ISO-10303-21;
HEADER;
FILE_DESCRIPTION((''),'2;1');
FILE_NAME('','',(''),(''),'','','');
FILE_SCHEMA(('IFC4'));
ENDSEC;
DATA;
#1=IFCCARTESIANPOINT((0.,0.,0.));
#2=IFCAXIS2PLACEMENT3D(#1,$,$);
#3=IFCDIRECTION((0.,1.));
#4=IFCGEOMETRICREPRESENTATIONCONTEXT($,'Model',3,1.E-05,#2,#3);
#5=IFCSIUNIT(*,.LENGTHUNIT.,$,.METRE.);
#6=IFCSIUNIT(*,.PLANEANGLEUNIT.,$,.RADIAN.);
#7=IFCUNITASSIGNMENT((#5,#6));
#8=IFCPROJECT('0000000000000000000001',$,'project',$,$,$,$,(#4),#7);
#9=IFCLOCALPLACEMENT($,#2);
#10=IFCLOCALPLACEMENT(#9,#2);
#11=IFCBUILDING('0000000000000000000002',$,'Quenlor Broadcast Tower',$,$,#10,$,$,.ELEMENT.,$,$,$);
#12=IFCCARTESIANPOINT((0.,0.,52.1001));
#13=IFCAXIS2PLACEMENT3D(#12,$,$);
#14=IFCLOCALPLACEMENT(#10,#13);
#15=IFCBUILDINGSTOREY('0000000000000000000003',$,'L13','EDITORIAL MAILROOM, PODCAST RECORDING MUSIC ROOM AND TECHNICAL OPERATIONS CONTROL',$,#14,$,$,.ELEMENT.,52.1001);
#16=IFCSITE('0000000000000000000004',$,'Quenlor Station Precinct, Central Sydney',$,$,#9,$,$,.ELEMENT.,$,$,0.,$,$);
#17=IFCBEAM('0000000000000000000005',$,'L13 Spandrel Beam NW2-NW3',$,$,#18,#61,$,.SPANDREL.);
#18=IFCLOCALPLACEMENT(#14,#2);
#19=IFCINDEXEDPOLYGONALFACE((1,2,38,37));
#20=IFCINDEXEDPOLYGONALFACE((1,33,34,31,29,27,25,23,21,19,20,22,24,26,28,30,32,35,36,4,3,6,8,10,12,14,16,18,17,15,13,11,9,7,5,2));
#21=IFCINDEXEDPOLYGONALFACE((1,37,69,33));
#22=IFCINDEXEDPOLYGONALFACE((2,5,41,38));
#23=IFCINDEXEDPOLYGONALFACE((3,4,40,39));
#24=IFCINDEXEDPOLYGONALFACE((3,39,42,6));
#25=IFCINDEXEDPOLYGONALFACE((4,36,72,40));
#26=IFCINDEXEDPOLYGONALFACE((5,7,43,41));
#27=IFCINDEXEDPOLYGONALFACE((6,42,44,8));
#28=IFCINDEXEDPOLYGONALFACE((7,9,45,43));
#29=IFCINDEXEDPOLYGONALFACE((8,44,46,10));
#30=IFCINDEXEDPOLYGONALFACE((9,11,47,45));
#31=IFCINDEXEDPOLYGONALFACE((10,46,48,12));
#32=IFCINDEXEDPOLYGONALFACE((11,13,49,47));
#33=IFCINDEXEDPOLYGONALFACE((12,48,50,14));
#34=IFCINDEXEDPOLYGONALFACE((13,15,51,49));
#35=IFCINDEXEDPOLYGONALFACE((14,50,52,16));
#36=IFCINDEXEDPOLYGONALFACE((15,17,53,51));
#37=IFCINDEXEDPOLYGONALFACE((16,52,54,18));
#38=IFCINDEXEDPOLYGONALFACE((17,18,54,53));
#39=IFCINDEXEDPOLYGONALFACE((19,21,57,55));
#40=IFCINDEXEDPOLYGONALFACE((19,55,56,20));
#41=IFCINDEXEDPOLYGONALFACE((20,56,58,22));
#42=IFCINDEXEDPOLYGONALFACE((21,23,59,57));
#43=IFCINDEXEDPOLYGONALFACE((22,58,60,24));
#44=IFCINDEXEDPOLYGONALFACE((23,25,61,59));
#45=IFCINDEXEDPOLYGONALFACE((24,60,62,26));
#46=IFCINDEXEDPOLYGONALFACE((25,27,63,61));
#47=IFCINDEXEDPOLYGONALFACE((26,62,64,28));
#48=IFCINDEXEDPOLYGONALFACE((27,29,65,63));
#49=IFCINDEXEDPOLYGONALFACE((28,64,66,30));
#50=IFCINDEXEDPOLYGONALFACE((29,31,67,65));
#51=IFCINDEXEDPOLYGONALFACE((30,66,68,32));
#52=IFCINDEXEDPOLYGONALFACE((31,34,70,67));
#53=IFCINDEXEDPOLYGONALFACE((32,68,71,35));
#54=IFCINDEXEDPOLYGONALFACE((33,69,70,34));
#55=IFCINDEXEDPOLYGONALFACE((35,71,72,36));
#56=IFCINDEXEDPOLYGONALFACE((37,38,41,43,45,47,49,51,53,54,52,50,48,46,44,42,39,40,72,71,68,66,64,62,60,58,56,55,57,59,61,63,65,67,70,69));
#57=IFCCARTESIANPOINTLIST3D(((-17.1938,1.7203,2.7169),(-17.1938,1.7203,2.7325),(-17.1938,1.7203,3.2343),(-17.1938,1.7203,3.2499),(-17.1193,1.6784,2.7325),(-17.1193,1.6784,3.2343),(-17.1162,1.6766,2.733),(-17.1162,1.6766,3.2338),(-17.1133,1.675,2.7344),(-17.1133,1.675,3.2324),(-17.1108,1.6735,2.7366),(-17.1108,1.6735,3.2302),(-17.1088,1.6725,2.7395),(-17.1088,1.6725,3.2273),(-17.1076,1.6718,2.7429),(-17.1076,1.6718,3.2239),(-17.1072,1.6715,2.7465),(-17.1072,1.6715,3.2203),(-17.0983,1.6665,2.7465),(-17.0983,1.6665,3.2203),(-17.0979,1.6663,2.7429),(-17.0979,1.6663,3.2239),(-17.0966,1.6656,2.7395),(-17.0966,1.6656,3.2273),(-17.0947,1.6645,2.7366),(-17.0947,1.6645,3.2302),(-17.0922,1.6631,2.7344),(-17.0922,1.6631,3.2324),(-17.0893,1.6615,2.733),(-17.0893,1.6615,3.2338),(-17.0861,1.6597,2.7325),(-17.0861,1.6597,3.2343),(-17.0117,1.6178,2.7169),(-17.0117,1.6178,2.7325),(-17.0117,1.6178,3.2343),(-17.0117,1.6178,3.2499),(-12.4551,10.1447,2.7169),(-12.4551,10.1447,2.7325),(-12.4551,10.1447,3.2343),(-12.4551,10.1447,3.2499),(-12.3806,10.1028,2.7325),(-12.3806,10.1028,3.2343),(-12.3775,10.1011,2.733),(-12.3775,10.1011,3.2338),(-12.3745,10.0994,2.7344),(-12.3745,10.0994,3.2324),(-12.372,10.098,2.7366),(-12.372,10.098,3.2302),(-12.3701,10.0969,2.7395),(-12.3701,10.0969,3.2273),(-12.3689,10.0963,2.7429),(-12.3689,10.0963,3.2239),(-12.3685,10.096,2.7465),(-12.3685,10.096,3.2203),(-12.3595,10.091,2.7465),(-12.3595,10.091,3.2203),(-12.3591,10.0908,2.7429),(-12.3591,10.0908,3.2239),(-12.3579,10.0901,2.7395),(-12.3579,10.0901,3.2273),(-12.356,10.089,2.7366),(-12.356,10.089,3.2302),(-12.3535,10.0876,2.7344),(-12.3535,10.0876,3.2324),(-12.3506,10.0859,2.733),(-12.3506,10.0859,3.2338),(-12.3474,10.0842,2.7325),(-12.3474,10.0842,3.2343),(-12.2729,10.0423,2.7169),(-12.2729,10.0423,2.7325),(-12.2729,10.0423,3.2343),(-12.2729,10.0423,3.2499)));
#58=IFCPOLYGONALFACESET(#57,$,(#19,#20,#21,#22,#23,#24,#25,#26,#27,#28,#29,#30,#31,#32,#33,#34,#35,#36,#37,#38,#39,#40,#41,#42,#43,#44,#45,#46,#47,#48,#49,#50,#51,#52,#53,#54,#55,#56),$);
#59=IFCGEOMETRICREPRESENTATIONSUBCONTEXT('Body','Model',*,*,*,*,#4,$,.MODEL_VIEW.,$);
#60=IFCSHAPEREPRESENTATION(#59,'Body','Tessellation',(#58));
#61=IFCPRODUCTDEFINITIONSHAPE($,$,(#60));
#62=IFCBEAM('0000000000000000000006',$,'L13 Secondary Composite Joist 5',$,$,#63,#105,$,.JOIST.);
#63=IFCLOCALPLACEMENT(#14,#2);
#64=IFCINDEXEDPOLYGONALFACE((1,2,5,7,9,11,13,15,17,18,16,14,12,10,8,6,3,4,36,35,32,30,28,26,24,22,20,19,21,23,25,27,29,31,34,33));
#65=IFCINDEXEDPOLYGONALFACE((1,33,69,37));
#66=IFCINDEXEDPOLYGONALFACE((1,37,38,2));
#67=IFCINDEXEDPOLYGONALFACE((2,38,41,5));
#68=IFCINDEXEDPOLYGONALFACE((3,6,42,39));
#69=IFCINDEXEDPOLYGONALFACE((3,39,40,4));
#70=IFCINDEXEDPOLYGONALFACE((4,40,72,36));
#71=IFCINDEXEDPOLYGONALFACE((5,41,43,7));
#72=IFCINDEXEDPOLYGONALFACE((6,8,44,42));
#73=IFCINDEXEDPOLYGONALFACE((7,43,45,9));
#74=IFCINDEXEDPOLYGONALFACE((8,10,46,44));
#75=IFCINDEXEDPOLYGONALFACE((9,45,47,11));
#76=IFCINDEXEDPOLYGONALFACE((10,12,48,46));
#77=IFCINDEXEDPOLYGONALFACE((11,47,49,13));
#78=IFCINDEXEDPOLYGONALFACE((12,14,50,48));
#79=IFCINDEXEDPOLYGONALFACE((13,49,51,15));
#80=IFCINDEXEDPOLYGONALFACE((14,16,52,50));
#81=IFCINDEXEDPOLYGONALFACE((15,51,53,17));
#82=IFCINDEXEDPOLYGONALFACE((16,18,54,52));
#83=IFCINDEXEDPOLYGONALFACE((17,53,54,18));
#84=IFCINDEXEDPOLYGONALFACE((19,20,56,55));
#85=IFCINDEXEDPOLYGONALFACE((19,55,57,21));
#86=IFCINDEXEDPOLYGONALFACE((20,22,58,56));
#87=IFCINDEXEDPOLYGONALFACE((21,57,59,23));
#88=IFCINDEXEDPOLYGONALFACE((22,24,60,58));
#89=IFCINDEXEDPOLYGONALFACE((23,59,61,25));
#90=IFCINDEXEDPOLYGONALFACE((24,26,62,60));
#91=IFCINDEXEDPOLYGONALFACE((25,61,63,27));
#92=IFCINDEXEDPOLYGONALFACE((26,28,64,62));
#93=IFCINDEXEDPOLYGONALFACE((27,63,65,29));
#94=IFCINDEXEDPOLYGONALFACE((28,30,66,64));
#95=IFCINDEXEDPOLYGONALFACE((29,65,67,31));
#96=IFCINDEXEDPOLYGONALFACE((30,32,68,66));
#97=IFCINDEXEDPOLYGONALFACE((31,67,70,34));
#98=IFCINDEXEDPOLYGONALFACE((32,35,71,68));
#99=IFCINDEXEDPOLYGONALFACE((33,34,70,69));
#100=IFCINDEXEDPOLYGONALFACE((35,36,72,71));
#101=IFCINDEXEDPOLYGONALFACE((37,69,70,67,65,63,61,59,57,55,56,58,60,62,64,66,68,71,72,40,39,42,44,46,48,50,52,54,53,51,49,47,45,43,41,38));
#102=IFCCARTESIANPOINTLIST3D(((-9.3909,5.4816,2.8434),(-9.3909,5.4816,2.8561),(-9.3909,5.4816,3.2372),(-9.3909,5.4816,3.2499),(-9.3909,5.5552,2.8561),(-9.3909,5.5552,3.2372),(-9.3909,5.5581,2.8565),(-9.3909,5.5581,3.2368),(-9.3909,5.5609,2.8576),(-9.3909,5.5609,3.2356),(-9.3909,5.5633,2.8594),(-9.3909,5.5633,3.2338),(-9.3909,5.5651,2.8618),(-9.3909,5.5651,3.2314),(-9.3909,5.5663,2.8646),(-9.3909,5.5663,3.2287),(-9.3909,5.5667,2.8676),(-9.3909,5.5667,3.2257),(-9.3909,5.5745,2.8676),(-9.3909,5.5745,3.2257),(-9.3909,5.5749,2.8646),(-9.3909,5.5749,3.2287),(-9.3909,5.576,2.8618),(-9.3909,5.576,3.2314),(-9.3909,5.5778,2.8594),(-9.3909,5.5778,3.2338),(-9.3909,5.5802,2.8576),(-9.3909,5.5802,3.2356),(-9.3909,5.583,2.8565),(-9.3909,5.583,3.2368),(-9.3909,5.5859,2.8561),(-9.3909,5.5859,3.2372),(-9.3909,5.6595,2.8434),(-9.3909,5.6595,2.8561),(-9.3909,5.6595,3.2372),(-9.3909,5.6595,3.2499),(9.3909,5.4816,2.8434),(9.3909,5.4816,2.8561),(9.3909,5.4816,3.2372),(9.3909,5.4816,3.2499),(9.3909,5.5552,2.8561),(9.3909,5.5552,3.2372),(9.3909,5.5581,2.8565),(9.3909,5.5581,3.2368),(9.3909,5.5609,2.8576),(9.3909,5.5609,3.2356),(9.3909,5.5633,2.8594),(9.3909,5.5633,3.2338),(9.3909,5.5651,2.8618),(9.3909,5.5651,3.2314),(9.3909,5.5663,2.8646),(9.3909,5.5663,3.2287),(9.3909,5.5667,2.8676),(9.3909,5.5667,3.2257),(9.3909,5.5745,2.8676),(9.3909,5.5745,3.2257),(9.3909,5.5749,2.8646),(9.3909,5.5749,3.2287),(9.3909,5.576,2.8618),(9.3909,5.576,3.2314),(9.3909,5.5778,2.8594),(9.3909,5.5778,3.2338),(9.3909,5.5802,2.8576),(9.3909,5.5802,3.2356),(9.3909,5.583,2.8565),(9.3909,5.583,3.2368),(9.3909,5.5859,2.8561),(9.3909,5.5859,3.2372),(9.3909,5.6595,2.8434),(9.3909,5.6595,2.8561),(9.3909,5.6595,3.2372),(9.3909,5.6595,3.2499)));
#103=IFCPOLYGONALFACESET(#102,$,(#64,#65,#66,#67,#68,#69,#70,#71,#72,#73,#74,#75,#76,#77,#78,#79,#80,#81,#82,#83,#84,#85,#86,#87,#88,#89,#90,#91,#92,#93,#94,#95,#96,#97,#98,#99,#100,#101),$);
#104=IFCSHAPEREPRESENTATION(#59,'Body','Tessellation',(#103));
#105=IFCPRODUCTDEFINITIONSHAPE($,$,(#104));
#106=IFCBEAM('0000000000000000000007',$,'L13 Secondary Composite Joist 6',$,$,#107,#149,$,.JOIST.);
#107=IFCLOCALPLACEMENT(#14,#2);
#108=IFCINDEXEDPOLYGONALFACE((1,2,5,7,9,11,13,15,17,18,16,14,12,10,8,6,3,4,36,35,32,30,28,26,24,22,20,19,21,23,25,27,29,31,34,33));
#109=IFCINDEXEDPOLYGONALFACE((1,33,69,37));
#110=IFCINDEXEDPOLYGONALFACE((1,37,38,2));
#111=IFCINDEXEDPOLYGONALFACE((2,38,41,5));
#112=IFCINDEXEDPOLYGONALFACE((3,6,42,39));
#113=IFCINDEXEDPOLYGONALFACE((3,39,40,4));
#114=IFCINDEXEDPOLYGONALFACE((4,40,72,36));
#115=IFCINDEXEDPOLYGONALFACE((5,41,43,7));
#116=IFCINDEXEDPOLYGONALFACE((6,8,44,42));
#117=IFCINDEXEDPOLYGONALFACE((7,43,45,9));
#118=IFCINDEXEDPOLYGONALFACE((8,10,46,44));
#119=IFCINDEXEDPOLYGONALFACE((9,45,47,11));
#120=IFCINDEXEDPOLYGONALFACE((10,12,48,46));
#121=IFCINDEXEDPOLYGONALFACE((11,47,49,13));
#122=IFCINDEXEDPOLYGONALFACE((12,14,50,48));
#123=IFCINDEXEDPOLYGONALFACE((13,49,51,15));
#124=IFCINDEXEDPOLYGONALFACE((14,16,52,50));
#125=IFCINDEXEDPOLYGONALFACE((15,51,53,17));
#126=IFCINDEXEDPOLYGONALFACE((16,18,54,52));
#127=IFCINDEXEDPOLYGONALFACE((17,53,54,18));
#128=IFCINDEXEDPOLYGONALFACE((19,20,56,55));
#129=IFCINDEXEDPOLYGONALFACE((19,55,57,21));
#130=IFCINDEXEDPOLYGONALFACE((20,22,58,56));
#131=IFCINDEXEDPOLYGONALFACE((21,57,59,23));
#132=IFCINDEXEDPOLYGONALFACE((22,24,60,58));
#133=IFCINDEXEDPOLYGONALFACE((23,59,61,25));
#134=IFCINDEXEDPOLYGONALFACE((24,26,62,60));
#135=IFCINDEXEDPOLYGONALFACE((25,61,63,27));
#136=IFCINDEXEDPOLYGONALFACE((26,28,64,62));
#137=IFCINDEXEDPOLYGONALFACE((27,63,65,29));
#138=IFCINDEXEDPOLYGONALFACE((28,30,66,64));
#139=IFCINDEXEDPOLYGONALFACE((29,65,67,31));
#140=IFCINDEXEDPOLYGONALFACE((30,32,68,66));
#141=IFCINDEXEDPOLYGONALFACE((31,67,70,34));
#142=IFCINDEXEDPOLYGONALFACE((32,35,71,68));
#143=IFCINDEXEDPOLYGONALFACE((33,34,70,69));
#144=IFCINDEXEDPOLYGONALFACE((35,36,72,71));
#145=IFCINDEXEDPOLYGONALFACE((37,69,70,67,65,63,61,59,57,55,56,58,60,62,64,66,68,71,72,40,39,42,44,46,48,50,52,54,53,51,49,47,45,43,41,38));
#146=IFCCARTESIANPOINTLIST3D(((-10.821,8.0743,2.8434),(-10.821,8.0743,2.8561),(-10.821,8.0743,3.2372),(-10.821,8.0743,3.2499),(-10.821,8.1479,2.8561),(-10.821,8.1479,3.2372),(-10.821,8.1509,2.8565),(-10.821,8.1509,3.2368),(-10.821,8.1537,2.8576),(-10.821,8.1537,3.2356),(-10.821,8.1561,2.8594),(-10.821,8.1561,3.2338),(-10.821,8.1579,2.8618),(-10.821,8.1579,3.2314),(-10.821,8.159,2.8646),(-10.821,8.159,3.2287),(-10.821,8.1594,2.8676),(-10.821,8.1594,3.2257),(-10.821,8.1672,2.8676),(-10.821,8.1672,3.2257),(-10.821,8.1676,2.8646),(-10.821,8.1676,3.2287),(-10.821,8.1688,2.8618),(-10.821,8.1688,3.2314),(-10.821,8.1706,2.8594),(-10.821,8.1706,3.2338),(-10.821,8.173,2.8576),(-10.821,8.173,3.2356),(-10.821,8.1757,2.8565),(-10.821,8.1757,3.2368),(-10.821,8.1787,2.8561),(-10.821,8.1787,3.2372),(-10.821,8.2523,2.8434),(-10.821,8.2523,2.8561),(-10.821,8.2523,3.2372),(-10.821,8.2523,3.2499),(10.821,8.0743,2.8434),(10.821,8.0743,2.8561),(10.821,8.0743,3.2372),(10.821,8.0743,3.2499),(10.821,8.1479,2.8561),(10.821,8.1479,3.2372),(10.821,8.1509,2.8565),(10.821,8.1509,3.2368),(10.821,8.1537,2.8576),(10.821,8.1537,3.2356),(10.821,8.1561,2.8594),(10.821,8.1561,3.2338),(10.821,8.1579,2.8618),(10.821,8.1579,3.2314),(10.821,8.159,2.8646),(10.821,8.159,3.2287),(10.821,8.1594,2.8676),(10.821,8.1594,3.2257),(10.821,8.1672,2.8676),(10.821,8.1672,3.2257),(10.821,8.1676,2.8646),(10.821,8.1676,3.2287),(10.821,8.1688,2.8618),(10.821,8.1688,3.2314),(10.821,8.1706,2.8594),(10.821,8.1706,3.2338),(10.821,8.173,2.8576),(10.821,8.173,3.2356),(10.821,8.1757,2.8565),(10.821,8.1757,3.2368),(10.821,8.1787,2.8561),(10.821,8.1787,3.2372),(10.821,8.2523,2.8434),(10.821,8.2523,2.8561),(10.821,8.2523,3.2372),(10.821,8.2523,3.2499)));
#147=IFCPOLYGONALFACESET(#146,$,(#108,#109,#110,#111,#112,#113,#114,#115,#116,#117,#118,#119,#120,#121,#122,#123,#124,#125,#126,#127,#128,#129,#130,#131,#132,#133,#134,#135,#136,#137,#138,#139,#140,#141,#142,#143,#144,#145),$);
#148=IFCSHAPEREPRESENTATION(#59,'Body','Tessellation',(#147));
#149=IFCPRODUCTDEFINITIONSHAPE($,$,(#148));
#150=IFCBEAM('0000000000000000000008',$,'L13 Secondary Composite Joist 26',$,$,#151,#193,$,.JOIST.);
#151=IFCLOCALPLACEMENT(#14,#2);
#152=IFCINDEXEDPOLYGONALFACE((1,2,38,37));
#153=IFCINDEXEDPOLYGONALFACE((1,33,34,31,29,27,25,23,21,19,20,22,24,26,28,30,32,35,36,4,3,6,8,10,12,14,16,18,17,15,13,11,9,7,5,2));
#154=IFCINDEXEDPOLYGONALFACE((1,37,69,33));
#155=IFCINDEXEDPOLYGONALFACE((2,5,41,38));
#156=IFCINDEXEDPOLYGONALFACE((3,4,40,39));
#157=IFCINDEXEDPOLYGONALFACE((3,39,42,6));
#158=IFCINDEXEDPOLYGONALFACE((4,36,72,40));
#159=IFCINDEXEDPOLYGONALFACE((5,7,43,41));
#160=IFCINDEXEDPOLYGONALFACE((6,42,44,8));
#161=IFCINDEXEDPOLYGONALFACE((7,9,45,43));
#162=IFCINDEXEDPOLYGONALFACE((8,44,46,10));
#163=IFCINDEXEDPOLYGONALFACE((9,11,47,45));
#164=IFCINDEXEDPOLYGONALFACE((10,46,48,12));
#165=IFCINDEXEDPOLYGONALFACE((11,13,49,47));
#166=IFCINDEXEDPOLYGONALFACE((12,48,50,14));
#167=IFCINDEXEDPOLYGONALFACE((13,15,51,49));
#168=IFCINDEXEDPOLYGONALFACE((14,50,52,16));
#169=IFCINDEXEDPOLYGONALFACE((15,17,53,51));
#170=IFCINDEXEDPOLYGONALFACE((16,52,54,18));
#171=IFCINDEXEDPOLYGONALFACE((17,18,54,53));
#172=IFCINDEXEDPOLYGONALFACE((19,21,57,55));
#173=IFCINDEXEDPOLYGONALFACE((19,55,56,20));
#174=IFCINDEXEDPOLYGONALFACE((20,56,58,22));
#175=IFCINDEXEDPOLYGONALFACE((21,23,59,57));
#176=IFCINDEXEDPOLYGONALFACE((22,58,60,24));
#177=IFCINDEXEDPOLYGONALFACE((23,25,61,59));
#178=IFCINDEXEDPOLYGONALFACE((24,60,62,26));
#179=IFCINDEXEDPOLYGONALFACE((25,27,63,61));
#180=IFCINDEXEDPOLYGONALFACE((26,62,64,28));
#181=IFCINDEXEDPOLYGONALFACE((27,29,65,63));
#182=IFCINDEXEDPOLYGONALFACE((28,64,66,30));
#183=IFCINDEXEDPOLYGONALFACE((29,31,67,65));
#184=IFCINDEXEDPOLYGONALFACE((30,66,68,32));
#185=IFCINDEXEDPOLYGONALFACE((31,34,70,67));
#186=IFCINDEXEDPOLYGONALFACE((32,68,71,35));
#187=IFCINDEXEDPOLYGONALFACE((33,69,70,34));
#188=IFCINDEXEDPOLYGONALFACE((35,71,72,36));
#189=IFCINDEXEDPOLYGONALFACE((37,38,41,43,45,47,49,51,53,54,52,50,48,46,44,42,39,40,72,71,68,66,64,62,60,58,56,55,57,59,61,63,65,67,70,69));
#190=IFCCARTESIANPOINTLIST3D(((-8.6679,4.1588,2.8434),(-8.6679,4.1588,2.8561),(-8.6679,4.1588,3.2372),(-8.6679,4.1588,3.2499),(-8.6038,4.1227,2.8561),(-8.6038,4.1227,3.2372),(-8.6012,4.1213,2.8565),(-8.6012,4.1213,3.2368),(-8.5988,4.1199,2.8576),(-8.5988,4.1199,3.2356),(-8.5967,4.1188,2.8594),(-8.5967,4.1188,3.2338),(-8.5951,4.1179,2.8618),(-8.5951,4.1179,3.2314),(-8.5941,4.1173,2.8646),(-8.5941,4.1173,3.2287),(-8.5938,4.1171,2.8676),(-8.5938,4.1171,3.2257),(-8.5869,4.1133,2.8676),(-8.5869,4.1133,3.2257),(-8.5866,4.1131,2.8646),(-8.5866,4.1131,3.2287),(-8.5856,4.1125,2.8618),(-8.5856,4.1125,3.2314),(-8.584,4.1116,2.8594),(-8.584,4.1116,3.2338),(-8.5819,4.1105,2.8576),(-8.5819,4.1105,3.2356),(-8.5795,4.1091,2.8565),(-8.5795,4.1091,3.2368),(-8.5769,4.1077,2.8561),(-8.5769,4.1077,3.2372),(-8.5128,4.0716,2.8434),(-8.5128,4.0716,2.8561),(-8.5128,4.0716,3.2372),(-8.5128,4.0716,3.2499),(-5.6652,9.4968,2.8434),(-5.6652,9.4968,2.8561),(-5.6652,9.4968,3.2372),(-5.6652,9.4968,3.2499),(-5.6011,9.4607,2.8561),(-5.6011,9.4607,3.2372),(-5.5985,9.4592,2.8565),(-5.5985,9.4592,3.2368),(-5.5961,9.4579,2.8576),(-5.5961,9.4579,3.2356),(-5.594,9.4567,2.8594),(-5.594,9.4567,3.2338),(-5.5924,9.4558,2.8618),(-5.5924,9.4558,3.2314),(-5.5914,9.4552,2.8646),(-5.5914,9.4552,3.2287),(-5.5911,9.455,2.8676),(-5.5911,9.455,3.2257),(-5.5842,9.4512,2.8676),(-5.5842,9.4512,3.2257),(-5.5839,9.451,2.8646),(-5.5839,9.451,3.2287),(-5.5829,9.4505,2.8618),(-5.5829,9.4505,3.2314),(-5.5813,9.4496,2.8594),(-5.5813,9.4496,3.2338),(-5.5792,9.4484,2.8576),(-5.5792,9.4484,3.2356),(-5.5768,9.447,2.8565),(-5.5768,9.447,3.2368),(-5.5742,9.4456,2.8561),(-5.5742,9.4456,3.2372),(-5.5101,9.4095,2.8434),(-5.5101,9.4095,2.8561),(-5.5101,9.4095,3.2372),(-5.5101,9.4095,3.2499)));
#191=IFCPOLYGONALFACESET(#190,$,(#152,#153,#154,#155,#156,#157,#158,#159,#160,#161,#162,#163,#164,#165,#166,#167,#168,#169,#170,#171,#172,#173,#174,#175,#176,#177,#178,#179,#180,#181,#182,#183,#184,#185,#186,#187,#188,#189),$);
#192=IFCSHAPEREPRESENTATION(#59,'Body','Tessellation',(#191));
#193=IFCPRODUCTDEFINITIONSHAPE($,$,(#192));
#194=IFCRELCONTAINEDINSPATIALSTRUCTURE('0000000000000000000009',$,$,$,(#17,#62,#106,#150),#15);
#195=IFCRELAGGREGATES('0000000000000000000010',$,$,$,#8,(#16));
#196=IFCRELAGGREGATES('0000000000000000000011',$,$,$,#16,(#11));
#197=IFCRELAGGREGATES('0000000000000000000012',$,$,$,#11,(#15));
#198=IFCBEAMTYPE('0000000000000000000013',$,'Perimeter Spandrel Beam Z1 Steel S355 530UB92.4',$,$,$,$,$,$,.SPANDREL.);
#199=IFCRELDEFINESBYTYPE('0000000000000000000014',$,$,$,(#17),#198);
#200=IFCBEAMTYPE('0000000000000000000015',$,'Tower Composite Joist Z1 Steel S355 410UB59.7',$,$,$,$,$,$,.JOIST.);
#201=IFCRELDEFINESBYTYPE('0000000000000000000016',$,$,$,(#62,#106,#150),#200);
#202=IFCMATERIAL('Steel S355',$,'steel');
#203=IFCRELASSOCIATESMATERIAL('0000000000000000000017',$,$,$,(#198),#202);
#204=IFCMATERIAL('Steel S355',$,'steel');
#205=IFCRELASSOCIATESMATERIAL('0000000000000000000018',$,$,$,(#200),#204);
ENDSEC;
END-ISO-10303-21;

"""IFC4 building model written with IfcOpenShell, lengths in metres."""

from ifc_helpers import new_model, si_unit, direction, frame, origin, origin_2d, place, context, subcontext, project, spatial, i_section, extrude, material, material_profile, profile_set, type_object, element, save


model = new_model("IFC4")

# Units and contexts
model_context = context("Model", 3, precision=1e-05, world=origin(), true_north=direction((0.0, 1.0)))
body_context = subcontext(model_context, "Body", "Model", "MODEL_VIEW")
ifc_project = project(units=[si_unit("LENGTHUNIT", "METRE"), si_unit("PLANEANGLEUNIT", "RADIAN")], contexts=[model_context])

# Site, building, storey
site_placement = place(None, origin())
site = spatial("IfcSite", under=ifc_project, at=site_placement, Name="Quenlor Station Precinct, Central Sydney", CompositionType="ELEMENT", RefElevation=0.0)
building_placement = place(site_placement, origin())
building = spatial("IfcBuilding", under=site, at=building_placement, Name="Quenlor Broadcast Tower", CompositionType="ELEMENT")
storey_placement = place(building_placement, frame((0.0, 0.0, 52.1001)))
storey = spatial("IfcBuildingStorey", under=building, at=storey_placement, Name="L13", Description="EDITORIAL MAILROOM, PODCAST RECORDING MUSIC ROOM AND TECHNICAL OPERATIONS CONTROL", CompositionType="ELEMENT", Elevation=52.1001)

# Beams
ifc_material_1 = material(Name="Steel S355", Category="steel")
ifc_material_profile_1 = material_profile(ifc_material_1, i_section(OverallWidth=0.209, OverallDepth=0.533, WebThickness=0.0103, FlangeThickness=0.0156, FilletRadius=0.0139, at=origin_2d()))
ifc_profile_set_1 = profile_set([ifc_material_profile_1], Name="Steel S355 530UB92.4")
beam_type_1 = type_object("IfcBeamType", Name="Perimeter Spandrel Beam Z1 Steel S355 530UB92.4", PredefinedType="SPANDREL", material=ifc_profile_set_1)
beam_1_placement = place(storey_placement, frame((-12.364, 10.0935, 2.9834), z_axis=(-0.490258, -0.871578, 0.0), x_axis=(0.871578, -0.490258, 0.0)))
element("IfcBeam", 1, at=beam_1_placement, inside=storey, type_object=beam_type_1, Name="L13 Spandrel Beam NW2-NW3", PredefinedType="SPANDREL", context=body_context, shape_type="SweptSolid", body=[
    extrude(i_section(OverallWidth=0.209, OverallDepth=0.533, WebThickness=0.0103, FlangeThickness=0.0156, FilletRadius=0.0139, at=origin_2d()), origin(), (0.0, 0.0, 1.0), 9.6658),
])
ifc_material_2 = material(Name="Steel S355", Category="steel")
ifc_material_profile_2 = material_profile(ifc_material_2, i_section(OverallWidth=0.178, OverallDepth=0.4065, WebThickness=0.0078, FlangeThickness=0.0127, FilletRadius=0.0115, at=origin_2d()))
ifc_profile_set_2 = profile_set([ifc_material_profile_2], Name="Steel S355 410UB59.7")
beam_type_2 = type_object("IfcBeamType", Name="Tower Composite Joist Z1 Steel S355 410UB59.7", PredefinedType="JOIST", material=ifc_profile_set_2)
beam_2_placement = place(storey_placement, frame((-9.3909, 5.5706, 3.0466), z_axis=(1.0, 0.0, 0.0), x_axis=(0.0, 1.0, 0.0)))
element("IfcBeam", 2, at=beam_2_placement, inside=storey, type_object=beam_type_2, Name="L13 Secondary Composite Joist 5", PredefinedType="JOIST", context=body_context, shape_type="SweptSolid", body=[
    extrude(i_section(OverallWidth=0.178, OverallDepth=0.4065, WebThickness=0.0078, FlangeThickness=0.0127, FilletRadius=0.0115, at=origin_2d()), origin(), (0.0, 0.0, 1.0), 18.7817),
])
beam_3_placement = place(storey_placement, frame((-10.821, 8.1633, 3.0466), z_axis=(1.0, 0.0, 0.0), x_axis=(0.0, 1.0, 0.0)))
element("IfcBeam", 3, at=beam_3_placement, inside=storey, type_object=beam_type_2, Name="L13 Secondary Composite Joist 6", PredefinedType="JOIST", context=body_context, shape_type="SweptSolid", body=[
    extrude(i_section(OverallWidth=0.178, OverallDepth=0.4065, WebThickness=0.0078, FlangeThickness=0.0127, FilletRadius=0.0115, at=origin_2d()), origin(), (0.0, 0.0, 1.0), 21.6421),
])
beam_4_placement = place(storey_placement, frame((-5.5876, 9.4531, 3.0466), z_axis=(-0.490276, -0.871567, 0.0), x_axis=(0.871567, -0.490276, 0.0)))
element("IfcBeam", 4, at=beam_4_placement, inside=storey, type_object=beam_type_2, Name="L13 Secondary Composite Joist 26", PredefinedType="JOIST", context=body_context, shape_type="SweptSolid", body=[
    extrude(i_section(OverallWidth=0.178, OverallDepth=0.4065, WebThickness=0.0078, FlangeThickness=0.0127, FilletRadius=0.0115, at=origin_2d()), origin(), (0.0, 0.0, 1.0), 6.1245),
])

save(model, "model.ifc")
